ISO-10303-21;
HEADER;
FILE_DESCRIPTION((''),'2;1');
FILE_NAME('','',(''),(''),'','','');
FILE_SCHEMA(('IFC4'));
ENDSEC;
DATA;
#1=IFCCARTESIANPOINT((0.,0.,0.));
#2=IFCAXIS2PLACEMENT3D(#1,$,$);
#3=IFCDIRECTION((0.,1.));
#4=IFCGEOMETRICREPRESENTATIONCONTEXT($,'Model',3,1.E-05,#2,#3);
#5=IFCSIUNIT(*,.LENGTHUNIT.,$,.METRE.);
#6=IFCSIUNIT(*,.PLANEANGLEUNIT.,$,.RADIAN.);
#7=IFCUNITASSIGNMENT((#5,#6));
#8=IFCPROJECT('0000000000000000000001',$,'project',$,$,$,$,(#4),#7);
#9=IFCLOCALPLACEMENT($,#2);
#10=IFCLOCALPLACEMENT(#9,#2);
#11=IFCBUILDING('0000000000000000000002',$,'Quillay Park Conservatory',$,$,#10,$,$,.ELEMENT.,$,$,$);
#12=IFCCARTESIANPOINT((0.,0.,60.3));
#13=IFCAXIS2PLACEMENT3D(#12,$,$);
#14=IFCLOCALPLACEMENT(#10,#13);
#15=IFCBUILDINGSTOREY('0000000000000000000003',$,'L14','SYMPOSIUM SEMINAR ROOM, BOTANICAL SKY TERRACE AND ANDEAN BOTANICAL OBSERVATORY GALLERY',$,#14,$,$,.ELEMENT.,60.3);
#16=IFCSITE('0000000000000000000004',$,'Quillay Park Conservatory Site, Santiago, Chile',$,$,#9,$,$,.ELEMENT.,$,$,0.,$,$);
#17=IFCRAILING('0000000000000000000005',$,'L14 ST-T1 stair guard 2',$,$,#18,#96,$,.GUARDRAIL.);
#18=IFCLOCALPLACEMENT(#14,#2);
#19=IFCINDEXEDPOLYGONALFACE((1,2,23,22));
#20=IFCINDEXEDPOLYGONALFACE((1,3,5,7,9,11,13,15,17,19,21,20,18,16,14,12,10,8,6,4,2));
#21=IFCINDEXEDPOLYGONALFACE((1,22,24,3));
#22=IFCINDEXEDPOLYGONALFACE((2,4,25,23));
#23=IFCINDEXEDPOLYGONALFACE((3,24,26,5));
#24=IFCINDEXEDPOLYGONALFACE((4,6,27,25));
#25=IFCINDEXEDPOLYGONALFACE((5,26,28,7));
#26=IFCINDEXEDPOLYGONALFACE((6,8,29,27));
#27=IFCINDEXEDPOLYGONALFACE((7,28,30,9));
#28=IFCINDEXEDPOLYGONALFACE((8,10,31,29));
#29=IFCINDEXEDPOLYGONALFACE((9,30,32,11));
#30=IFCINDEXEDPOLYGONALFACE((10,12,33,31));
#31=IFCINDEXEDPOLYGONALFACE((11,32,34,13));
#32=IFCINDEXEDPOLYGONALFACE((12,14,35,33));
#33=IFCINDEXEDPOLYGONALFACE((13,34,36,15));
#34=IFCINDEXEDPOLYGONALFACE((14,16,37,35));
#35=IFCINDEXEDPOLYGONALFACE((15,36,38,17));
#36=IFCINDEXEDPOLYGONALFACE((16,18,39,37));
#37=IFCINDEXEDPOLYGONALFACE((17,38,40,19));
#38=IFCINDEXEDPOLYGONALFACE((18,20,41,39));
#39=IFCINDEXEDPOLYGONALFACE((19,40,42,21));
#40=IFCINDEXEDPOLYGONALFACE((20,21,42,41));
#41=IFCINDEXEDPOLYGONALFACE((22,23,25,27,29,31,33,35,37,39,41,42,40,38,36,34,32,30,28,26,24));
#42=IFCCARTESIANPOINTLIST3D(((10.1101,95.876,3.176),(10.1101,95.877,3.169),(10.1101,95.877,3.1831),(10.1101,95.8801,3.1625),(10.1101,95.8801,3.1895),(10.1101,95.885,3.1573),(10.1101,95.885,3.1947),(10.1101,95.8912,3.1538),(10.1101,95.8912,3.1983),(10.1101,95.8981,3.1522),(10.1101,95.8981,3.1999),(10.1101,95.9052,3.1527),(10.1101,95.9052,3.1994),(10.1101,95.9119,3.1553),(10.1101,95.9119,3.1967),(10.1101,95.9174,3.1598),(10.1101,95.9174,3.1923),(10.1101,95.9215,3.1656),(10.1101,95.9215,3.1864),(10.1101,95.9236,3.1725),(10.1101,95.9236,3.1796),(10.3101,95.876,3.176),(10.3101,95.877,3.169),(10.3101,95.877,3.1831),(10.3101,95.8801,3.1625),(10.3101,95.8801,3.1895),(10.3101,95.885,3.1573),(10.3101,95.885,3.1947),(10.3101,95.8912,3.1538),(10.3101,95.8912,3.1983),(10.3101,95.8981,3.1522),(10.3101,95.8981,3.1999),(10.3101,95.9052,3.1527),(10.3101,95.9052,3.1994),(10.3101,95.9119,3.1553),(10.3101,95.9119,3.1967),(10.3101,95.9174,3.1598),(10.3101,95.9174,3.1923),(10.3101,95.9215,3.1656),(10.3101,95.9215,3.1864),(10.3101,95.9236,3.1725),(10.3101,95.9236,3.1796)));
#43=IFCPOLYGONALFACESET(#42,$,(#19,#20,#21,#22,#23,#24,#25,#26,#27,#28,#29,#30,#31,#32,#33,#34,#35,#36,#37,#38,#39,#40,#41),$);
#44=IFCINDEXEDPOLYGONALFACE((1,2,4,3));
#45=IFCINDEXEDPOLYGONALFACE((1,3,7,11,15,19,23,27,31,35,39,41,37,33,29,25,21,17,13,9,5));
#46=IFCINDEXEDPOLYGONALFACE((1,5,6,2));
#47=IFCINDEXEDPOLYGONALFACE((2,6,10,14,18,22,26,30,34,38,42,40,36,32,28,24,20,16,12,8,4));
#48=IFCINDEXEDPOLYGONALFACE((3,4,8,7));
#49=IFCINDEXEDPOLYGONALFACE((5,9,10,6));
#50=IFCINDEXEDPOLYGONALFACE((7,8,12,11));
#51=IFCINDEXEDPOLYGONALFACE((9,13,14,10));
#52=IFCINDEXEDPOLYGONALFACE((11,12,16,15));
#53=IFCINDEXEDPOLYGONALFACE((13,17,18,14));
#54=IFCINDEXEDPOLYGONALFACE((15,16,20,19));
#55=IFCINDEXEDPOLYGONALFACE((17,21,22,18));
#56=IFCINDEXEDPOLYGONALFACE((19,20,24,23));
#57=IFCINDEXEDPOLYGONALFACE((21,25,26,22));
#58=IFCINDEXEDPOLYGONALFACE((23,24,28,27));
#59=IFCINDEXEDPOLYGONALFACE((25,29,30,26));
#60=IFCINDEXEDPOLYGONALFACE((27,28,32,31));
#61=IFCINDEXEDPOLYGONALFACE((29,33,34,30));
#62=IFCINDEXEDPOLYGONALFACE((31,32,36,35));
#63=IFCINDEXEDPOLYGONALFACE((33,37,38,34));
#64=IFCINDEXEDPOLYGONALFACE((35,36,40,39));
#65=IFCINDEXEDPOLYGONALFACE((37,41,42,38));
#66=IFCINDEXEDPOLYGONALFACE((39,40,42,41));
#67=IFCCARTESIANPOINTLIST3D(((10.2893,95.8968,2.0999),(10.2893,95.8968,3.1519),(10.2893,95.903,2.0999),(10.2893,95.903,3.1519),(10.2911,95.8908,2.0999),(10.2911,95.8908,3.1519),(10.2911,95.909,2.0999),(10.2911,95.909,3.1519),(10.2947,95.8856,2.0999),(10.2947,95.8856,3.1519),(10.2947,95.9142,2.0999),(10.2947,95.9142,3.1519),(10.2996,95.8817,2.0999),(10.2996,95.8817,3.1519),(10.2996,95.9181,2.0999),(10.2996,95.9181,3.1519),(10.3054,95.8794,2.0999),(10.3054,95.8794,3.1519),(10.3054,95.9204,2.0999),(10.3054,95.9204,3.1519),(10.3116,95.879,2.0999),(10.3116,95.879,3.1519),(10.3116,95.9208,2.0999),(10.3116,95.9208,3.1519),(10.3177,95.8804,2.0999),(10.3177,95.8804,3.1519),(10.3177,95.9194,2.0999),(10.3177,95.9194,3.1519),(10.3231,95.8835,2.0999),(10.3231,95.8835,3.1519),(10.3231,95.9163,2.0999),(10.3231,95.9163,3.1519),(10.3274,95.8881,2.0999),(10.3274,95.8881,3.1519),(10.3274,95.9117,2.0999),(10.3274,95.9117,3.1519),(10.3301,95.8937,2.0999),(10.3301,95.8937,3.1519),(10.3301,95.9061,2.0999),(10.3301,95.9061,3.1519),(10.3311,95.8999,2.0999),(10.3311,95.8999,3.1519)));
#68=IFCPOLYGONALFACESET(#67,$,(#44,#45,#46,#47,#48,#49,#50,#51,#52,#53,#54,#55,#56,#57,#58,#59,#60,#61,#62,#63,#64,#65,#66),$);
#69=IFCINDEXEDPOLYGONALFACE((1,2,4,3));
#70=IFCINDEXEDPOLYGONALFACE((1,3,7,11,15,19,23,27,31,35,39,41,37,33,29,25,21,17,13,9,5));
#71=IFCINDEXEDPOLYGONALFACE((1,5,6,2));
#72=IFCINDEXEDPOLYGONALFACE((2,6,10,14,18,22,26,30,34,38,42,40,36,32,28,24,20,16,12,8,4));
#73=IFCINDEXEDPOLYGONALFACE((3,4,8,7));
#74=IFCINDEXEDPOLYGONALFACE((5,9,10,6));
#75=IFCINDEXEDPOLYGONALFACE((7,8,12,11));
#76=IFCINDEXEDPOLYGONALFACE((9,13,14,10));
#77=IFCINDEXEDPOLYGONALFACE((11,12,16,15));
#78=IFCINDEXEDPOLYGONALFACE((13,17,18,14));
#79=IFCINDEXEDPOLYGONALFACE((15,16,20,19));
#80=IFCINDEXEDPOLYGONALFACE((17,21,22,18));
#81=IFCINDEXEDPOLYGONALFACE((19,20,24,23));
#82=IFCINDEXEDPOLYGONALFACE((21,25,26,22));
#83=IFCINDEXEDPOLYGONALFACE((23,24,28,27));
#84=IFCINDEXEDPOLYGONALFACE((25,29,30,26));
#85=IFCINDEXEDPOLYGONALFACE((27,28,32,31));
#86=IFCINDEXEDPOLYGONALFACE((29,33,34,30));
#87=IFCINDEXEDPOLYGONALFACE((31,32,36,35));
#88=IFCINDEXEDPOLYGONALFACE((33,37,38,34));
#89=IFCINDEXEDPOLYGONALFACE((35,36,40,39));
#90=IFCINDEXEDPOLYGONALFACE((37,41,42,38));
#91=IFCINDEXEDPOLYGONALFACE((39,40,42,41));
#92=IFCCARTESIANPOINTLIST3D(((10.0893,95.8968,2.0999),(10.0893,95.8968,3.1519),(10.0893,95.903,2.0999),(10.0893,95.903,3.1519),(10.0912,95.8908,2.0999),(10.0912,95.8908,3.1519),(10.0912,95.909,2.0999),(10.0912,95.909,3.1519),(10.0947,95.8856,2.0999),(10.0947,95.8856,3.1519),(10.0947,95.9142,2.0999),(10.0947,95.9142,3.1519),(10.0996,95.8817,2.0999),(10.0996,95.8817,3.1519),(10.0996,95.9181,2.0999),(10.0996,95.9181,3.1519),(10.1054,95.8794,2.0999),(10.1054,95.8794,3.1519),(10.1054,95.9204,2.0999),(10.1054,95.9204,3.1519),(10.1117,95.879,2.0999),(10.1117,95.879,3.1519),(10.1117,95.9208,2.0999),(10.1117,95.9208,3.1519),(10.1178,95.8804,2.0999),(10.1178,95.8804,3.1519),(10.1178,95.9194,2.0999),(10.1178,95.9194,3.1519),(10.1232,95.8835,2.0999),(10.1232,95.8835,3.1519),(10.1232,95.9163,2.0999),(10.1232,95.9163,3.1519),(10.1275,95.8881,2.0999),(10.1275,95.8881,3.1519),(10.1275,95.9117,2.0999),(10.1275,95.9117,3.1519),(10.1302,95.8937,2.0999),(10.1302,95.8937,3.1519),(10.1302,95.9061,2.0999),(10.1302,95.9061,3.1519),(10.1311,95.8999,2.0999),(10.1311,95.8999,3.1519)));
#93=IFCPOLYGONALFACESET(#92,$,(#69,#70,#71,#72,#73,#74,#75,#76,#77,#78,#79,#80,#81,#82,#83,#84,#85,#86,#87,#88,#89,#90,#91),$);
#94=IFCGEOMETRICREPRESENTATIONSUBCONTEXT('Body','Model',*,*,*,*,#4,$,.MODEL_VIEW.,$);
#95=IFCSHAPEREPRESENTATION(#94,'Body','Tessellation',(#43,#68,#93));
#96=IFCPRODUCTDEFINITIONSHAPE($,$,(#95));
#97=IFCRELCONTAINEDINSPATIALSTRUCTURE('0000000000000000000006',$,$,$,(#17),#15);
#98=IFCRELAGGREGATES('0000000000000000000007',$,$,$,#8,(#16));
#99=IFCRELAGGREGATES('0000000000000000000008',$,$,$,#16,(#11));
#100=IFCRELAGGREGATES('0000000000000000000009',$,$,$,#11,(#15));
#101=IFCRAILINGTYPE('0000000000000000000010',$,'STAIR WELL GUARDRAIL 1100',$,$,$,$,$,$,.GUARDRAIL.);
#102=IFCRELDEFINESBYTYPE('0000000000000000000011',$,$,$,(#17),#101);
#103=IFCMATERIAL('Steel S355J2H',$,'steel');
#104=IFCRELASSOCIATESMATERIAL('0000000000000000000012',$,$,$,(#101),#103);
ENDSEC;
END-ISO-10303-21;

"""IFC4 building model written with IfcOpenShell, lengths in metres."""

from ifc_helpers import new_model, si_unit, direction, frame, origin, origin_2d, place, context, subcontext, project, spatial, circle, extrude, material, type_object, element, save


model = new_model("IFC4")

# Units and contexts
model_context = context("Model", 3, precision=1e-05, world=origin(), true_north=direction((0.0, 1.0)))
body_context = subcontext(model_context, "Body", "Model", "MODEL_VIEW")
ifc_project = project(units=[si_unit("LENGTHUNIT", "METRE"), si_unit("PLANEANGLEUNIT", "RADIAN")], contexts=[model_context])

# Site, building, storey
site_placement = place(None, origin())
site = spatial("IfcSite", under=ifc_project, at=site_placement, Name="Quillay Park Conservatory Site, Santiago, Chile", CompositionType="ELEMENT", RefElevation=0.0)
building_placement = place(site_placement, origin())
building = spatial("IfcBuilding", under=site, at=building_placement, Name="Quillay Park Conservatory", CompositionType="ELEMENT")
storey_placement = place(building_placement, frame((0.0, 0.0, 60.3)))
storey = spatial("IfcBuildingStorey", under=building, at=storey_placement, Name="L14", Description="SYMPOSIUM SEMINAR ROOM, BOTANICAL SKY TERRACE AND ANDEAN BOTANICAL OBSERVATORY GALLERY", CompositionType="ELEMENT", Elevation=60.3)

# Railing
ifc_material_1 = material(Name="Steel S355J2H", Category="steel")
railing_type_1 = type_object("IfcRailingType", Name="STAIR WELL GUARDRAIL 1100", PredefinedType="GUARDRAIL", material=ifc_material_1)
railing_1_placement = place(storey_placement, frame((10.3101, 95.8999, 2.0999)))
element("IfcRailing", 1, at=railing_1_placement, inside=storey, type_object=railing_type_1, Name="L14 ST-T1 stair guard 2", PredefinedType="GUARDRAIL", context=body_context, shape_type="SweptSolid", body=[
    extrude(circle(Radius=0.0239, at=origin_2d()), frame((0.0, 0.0, 1.0762), z_axis=(-1.0, 0.0, 0.0), x_axis=(0.0, -1.0, 0.0)), (0.0, 0.0, 1.0), 0.2),
    extrude(circle(Radius=0.021, at=origin_2d()), origin(), (0.0, 0.0, 1.0), 1.052),
    extrude(circle(Radius=0.021, at=origin_2d()), frame((-0.2, 0.0, 0.0)), (0.0, 0.0, 1.0), 1.052),
])

save(model, "model.ifc")
